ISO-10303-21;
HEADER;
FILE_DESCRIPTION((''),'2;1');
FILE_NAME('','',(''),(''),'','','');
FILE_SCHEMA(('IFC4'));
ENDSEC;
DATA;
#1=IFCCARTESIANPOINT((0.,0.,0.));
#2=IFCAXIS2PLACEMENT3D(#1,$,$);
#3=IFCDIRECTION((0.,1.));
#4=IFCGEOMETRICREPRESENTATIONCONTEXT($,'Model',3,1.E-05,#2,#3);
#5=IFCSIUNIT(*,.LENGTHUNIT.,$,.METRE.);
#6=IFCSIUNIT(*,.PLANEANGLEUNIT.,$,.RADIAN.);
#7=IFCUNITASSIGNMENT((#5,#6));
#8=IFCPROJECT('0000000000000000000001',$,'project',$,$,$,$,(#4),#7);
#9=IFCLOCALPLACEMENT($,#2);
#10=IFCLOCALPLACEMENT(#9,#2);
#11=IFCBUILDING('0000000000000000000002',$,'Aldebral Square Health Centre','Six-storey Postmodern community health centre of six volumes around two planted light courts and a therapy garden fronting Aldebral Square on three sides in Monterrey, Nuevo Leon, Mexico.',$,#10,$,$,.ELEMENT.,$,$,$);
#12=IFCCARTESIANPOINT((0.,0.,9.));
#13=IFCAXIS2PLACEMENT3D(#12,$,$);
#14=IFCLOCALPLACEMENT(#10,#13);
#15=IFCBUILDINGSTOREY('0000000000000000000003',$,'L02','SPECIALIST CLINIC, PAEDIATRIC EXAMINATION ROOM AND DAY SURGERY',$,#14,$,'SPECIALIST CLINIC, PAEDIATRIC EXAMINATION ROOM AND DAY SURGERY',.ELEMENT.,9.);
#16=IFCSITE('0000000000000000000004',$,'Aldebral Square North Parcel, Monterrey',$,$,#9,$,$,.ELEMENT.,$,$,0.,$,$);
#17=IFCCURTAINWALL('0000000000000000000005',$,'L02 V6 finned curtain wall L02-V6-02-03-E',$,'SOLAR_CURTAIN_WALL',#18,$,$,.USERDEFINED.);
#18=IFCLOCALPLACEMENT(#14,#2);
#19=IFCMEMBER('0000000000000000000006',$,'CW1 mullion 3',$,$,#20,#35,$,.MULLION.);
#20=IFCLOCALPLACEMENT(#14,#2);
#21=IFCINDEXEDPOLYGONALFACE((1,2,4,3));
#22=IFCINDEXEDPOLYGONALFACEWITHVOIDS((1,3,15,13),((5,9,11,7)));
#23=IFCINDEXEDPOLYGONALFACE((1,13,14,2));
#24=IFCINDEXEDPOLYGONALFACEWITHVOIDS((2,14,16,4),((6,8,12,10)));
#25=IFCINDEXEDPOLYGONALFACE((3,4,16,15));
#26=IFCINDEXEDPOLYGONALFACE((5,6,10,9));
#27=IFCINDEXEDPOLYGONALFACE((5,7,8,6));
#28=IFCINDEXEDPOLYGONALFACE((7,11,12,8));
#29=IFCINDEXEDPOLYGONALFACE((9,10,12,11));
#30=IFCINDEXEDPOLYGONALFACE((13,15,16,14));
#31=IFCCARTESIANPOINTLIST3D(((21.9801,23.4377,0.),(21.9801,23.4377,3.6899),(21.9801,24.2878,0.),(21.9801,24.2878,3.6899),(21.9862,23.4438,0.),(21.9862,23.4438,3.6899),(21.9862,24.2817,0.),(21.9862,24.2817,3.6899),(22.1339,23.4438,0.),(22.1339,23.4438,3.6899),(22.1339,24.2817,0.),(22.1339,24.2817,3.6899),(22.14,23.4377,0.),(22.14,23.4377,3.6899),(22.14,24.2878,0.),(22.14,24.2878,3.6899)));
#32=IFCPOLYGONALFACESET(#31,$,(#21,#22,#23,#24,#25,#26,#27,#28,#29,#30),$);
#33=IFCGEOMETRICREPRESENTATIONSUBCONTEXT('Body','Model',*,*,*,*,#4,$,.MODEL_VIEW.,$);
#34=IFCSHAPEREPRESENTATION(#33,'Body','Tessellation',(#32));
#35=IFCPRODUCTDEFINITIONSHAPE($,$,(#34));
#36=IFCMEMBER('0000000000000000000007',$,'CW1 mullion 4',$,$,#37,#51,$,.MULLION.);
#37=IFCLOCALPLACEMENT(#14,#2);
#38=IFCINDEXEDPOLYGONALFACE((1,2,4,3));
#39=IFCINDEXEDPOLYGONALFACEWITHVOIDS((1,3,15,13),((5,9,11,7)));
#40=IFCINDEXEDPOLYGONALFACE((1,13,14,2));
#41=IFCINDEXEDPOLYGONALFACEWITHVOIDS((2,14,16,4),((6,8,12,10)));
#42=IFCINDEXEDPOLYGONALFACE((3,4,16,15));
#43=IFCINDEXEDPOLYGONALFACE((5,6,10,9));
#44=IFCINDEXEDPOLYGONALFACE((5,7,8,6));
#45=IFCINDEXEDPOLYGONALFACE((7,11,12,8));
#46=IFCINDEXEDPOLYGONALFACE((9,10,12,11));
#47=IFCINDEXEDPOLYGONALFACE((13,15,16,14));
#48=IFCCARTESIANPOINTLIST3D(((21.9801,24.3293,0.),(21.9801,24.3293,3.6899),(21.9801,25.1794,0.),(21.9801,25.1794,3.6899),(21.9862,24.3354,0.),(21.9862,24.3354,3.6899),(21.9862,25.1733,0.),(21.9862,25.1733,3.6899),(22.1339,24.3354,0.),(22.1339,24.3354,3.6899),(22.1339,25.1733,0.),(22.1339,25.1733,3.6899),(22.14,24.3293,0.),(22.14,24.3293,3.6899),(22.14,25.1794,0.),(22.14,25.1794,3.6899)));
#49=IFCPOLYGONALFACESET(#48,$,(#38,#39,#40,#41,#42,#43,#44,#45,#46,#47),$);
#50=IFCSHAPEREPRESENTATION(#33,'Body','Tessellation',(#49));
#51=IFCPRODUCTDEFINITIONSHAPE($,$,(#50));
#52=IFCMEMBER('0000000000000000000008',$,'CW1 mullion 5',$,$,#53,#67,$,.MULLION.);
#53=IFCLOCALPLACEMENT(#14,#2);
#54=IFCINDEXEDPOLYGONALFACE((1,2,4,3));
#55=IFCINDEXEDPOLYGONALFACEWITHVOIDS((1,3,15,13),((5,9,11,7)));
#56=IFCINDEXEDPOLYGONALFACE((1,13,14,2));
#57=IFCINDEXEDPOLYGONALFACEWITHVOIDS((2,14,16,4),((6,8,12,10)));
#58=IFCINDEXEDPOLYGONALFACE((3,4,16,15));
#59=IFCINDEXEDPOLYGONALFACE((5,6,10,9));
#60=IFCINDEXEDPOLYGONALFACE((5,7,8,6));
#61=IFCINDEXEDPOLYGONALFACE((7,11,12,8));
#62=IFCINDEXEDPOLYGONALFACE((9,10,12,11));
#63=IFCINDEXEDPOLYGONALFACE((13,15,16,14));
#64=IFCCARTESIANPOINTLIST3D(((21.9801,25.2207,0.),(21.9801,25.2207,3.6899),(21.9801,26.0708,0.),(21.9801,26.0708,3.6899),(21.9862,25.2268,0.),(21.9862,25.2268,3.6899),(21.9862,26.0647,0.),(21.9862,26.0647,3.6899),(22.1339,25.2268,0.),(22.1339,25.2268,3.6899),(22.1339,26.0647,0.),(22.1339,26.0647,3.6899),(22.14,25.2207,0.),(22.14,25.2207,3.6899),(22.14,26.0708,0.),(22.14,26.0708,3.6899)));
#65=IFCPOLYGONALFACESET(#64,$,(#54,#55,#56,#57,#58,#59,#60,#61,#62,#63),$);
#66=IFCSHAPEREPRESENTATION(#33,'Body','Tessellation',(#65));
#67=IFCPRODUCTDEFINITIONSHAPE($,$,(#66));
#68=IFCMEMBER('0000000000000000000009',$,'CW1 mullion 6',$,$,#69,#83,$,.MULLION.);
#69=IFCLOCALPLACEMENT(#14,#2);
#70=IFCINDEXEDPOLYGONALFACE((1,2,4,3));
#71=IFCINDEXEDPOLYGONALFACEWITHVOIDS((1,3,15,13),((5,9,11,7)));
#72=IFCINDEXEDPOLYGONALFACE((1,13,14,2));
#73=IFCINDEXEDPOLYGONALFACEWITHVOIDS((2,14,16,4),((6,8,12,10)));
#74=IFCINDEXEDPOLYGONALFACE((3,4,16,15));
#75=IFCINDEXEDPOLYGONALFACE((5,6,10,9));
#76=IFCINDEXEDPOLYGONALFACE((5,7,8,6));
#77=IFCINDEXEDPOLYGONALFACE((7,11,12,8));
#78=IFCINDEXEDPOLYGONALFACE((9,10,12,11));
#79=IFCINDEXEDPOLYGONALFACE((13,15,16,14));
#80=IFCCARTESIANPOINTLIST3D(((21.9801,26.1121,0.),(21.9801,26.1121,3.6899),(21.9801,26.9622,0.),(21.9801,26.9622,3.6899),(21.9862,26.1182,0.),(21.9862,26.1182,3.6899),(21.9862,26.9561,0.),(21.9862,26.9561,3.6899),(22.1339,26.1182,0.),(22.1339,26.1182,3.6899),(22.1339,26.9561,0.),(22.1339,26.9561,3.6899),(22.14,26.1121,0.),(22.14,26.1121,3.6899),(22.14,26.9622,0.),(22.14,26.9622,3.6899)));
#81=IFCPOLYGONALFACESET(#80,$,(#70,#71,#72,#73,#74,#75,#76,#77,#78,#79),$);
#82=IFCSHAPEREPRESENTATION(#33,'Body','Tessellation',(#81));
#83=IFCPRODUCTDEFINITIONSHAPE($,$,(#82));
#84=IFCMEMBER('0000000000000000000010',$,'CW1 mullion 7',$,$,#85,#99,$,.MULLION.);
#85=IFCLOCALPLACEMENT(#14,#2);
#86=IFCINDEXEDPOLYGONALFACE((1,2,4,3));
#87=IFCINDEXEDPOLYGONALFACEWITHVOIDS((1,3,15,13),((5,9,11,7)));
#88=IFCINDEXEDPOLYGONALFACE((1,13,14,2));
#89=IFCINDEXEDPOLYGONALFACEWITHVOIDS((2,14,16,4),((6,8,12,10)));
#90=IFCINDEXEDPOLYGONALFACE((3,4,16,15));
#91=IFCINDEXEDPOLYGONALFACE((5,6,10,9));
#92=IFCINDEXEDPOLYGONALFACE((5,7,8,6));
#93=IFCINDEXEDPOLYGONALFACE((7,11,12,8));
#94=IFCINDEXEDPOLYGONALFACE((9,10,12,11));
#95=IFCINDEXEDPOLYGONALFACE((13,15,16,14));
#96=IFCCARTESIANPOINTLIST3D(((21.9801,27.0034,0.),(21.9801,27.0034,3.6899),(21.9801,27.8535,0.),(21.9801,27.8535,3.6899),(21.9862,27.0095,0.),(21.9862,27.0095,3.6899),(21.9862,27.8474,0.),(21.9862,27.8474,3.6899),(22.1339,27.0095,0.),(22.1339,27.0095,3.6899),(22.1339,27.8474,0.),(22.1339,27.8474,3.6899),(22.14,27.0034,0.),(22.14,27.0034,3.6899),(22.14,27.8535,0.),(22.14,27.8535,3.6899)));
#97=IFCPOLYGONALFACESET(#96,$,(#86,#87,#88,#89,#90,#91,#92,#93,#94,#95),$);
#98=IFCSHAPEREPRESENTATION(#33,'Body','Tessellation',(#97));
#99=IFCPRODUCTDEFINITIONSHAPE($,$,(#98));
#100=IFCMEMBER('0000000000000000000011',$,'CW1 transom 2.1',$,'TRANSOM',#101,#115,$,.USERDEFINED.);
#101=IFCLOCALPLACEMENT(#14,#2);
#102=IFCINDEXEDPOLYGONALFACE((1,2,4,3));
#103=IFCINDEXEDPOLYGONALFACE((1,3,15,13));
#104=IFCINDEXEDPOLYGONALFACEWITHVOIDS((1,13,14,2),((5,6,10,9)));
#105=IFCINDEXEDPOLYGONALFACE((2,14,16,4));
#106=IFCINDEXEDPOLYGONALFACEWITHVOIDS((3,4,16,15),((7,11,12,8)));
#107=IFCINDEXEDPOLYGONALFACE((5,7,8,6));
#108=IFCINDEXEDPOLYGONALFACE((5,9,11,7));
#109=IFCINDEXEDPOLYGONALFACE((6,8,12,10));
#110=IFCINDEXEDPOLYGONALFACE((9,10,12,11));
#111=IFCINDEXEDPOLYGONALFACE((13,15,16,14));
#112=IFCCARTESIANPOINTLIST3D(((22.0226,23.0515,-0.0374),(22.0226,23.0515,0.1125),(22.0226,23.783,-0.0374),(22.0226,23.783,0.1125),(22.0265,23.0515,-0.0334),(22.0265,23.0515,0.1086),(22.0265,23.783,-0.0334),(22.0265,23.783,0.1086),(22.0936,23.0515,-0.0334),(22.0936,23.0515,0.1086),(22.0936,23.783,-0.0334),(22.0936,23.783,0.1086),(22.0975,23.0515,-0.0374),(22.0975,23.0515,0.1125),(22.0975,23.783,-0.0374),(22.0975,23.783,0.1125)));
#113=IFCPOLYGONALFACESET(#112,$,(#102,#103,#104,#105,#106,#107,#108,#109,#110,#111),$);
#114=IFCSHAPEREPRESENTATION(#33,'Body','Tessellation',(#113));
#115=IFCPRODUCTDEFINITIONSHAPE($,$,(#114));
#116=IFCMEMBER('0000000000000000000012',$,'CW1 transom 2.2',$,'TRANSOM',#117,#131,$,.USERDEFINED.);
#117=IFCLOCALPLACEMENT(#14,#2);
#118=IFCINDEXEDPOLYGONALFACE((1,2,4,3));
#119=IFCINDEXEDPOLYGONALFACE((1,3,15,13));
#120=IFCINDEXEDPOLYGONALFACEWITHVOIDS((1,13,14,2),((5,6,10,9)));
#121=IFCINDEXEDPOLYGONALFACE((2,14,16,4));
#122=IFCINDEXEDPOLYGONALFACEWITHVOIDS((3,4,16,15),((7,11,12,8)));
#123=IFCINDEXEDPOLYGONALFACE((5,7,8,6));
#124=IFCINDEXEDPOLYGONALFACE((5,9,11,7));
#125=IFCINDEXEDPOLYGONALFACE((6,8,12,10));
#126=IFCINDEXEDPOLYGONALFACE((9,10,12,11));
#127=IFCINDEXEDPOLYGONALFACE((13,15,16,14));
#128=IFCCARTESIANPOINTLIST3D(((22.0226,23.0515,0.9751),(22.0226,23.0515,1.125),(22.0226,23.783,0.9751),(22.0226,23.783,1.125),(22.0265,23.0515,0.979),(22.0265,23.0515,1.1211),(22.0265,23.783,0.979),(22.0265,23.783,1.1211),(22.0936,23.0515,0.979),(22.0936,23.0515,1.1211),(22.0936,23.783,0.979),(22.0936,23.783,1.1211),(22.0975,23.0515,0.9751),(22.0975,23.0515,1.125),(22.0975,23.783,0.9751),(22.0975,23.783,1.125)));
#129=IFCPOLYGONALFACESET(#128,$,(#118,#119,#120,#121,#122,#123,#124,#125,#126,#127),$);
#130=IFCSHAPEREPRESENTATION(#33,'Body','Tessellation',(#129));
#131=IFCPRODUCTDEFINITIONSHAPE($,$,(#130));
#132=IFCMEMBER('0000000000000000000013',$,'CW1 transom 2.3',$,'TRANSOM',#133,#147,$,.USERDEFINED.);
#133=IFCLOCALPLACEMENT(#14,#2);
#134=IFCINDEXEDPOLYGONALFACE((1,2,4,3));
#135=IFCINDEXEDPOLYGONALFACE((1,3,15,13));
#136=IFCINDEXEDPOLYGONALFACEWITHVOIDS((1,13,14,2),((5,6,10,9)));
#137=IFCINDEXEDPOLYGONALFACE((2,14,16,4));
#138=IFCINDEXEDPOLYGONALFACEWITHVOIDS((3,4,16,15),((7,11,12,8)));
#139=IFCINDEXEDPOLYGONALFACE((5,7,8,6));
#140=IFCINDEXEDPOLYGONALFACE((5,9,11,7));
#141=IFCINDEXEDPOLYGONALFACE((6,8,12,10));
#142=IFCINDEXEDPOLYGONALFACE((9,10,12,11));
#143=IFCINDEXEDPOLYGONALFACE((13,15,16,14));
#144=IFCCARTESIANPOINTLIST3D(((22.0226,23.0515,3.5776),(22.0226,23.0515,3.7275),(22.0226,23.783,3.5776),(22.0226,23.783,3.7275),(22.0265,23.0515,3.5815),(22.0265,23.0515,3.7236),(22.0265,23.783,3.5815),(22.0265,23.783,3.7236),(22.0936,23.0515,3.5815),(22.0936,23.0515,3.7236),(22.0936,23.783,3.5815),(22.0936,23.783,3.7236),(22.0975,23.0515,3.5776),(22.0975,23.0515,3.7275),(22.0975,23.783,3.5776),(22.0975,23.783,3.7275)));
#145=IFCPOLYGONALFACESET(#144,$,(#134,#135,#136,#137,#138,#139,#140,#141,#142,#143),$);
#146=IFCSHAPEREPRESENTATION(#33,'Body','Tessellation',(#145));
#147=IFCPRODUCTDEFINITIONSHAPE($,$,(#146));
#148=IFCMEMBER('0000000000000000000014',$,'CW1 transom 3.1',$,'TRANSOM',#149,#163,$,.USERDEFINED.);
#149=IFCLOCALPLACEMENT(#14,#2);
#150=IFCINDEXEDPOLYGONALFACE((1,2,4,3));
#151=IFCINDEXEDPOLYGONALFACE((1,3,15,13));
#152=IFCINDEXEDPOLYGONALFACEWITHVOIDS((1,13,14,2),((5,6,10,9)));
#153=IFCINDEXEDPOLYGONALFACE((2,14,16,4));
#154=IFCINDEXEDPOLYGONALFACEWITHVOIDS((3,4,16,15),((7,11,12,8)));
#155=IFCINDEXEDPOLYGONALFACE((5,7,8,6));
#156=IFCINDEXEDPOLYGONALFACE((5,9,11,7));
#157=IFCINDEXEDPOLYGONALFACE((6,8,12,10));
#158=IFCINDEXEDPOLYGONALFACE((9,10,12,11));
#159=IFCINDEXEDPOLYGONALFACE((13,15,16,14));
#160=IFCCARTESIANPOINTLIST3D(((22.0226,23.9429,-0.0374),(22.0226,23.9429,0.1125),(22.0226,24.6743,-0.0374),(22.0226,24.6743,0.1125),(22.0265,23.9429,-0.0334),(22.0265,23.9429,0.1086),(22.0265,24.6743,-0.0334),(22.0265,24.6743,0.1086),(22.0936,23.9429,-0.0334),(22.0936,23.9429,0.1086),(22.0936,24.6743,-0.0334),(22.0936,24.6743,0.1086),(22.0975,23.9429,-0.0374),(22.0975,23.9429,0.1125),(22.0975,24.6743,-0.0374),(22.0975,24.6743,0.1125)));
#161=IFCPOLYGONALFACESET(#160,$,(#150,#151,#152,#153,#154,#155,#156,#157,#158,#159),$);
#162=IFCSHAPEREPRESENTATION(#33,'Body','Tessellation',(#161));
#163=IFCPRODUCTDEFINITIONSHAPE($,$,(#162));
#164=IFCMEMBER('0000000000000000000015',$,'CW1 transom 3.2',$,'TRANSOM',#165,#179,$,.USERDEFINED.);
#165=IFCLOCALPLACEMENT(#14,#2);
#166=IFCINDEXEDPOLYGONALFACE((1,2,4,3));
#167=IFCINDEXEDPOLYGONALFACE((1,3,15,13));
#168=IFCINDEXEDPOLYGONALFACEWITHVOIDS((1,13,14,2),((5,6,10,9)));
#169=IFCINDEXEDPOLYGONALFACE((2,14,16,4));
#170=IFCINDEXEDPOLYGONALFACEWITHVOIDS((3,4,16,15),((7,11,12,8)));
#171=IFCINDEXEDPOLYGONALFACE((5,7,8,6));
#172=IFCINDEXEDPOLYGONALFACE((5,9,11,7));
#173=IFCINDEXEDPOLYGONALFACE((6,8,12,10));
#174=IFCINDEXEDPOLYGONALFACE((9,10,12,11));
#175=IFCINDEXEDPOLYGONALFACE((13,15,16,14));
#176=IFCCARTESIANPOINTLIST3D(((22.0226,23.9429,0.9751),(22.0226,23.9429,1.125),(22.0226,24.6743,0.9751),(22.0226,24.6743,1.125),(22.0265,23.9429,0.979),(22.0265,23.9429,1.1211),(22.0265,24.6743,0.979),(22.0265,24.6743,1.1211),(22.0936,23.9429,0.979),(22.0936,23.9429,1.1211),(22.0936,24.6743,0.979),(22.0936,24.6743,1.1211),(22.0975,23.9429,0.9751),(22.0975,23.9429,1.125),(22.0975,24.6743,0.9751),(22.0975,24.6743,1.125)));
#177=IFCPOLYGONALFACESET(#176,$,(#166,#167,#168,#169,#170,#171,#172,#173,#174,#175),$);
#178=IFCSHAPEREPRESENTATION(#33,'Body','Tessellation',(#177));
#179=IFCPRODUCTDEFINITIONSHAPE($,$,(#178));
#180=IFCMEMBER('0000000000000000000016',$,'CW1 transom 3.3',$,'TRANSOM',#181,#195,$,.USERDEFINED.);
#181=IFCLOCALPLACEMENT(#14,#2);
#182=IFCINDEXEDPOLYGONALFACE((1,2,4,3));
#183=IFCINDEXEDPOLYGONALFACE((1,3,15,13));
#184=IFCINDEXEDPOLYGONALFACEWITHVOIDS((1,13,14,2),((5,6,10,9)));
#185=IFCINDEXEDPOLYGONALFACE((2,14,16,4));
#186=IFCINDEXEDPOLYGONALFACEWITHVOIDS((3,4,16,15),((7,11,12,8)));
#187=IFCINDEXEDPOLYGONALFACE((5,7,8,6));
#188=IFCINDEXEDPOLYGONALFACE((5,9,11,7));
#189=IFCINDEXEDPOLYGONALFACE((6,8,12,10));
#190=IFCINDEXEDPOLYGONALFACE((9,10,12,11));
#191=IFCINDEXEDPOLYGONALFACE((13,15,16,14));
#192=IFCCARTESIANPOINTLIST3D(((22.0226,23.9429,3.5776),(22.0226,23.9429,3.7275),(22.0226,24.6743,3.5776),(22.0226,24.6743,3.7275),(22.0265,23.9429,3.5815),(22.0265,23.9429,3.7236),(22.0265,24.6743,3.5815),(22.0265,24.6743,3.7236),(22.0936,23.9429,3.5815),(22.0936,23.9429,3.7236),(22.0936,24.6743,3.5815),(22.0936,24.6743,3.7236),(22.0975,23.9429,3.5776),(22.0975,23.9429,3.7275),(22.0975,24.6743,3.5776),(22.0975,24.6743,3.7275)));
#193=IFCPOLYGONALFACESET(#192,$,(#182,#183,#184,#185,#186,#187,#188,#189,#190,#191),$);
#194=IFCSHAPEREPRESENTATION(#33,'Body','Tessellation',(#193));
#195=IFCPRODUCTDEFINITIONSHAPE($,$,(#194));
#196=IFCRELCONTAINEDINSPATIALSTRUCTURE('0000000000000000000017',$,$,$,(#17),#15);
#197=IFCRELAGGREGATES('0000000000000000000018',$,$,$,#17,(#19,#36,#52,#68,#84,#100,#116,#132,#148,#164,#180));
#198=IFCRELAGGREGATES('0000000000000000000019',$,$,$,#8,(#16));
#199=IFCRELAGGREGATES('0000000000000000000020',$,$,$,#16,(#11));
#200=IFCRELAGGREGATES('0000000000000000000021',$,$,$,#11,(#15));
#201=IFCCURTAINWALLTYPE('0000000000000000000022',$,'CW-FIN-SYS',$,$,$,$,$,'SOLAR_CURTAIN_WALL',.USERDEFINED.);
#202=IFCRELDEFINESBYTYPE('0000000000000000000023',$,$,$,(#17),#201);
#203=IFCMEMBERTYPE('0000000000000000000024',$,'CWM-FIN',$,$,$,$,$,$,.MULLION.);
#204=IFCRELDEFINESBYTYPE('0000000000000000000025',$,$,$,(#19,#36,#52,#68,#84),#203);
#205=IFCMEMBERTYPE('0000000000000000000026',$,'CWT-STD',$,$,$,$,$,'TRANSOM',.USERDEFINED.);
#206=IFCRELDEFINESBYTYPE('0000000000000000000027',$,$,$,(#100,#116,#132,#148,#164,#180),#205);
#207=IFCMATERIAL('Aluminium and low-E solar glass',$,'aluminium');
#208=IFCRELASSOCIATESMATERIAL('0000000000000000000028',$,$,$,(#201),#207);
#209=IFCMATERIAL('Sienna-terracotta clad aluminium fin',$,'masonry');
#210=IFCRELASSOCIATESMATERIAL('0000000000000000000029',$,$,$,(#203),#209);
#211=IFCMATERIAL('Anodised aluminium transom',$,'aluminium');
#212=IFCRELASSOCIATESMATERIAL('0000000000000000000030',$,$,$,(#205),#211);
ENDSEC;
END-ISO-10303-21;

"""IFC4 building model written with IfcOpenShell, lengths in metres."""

from ifc_helpers import new_model, si_unit, direction, frame, origin, origin_2d, place, context, subcontext, project, spatial, hollow_rectangle, extrude, material, material_profile, profile_set, type_object, element, aggregate, save


model = new_model("IFC4")

# Units and contexts
model_context = context("Model", 3, precision=1e-05, world=origin(), true_north=direction((0.0, 1.0)))
body_context = subcontext(model_context, "Body", "Model", "MODEL_VIEW")
ifc_project = project(units=[si_unit("LENGTHUNIT", "METRE"), si_unit("PLANEANGLEUNIT", "RADIAN")], contexts=[model_context])

# Site, building, storey
site_placement = place(None, origin())
site = spatial("IfcSite", under=ifc_project, at=site_placement, Name="Aldebral Square North Parcel, Monterrey", CompositionType="ELEMENT", RefElevation=0.0)
building_placement = place(site_placement, origin())
building = spatial("IfcBuilding", under=site, at=building_placement, Name="Aldebral Square Health Centre", Description="Six-storey Postmodern community health centre of six volumes around two planted light courts and a therapy garden fronting Aldebral Square on three sides in Monterrey, Nuevo Leon, Mexico.", CompositionType="ELEMENT")
storey_placement = place(building_placement, frame((0.0, 0.0, 9.0)))
storey = spatial("IfcBuildingStorey", under=building, at=storey_placement, Name="L02", Description="SPECIALIST CLINIC, PAEDIATRIC EXAMINATION ROOM AND DAY SURGERY", LongName="SPECIALIST CLINIC, PAEDIATRIC EXAMINATION ROOM AND DAY SURGERY", CompositionType="ELEMENT", Elevation=9.0)

# Curtain wall, members
ifc_material_1 = material(Name="Aluminium and low-E solar glass", Category="aluminium")
curtain_wall_type = type_object("IfcCurtainWallType", Name="CW-FIN-SYS", ElementType="SOLAR_CURTAIN_WALL", PredefinedType="USERDEFINED", material=ifc_material_1)
curtain_wall_placement = place(storey_placement, origin())
curtain_wall = element("IfcCurtainWall", 1, at=curtain_wall_placement, inside=storey, type_object=curtain_wall_type, Name="L02 V6 finned curtain wall L02-V6-02-03-E", ObjectType="SOLAR_CURTAIN_WALL", PredefinedType="USERDEFINED")
ifc_material_2 = material(Name="Sienna-terracotta clad aluminium fin", Category="masonry")
ifc_material_profile_1 = material_profile(ifc_material_2, hollow_rectangle(XDim=0.1599, YDim=0.8501, WallThickness=0.0061, at=origin_2d()), Name="FIN 160x850x6")
ifc_profile_set_1 = profile_set([ifc_material_profile_1], Name="Sienna-terracotta clad aluminium fin")
member_type_1 = type_object("IfcMemberType", Name="CWM-FIN", PredefinedType="MULLION", material=ifc_profile_set_1)
member_1_placement = place(storey_placement, frame((22.0601, 23.8628, 0.0), z_axis=(0.0, 0.0, 1.0), x_axis=(-1.0, 0.0, 0.0)))
member_1 = element("IfcMember", 2, at=member_1_placement, type_object=member_type_1, Name="CW1 mullion 3", PredefinedType="MULLION", context=body_context, shape_type="SweptSolid", body=[
    extrude(hollow_rectangle(XDim=0.1599, YDim=0.8501, WallThickness=0.0061, at=origin_2d()), origin(), (0.0, 0.0, 1.0), 3.6899),
])
member_2_placement = place(storey_placement, frame((22.0601, 24.7544, 0.0), z_axis=(0.0, 0.0, 1.0), x_axis=(-1.0, 0.0, 0.0)))
member_2 = element("IfcMember", 3, at=member_2_placement, type_object=member_type_1, Name="CW1 mullion 4", PredefinedType="MULLION", context=body_context, shape_type="SweptSolid", body=[
    extrude(hollow_rectangle(XDim=0.1599, YDim=0.8501, WallThickness=0.0061, at=origin_2d()), origin(), (0.0, 0.0, 1.0), 3.6899),
])
member_3_placement = place(storey_placement, frame((22.0601, 25.6458, 0.0), z_axis=(0.0, 0.0, 1.0), x_axis=(-1.0, 0.0, 0.0)))
member_3 = element("IfcMember", 4, at=member_3_placement, type_object=member_type_1, Name="CW1 mullion 5", PredefinedType="MULLION", context=body_context, shape_type="SweptSolid", body=[
    extrude(hollow_rectangle(XDim=0.1599, YDim=0.8501, WallThickness=0.0061, at=origin_2d()), origin(), (0.0, 0.0, 1.0), 3.6899),
])
member_4_placement = place(storey_placement, frame((22.0601, 26.5371, 0.0), z_axis=(0.0, 0.0, 1.0), x_axis=(-1.0, 0.0, 0.0)))
member_4 = element("IfcMember", 5, at=member_4_placement, type_object=member_type_1, Name="CW1 mullion 6", PredefinedType="MULLION", context=body_context, shape_type="SweptSolid", body=[
    extrude(hollow_rectangle(XDim=0.1599, YDim=0.8501, WallThickness=0.0061, at=origin_2d()), origin(), (0.0, 0.0, 1.0), 3.6899),
])
member_5_placement = place(storey_placement, frame((22.0601, 27.4285, 0.0), z_axis=(0.0, 0.0, 1.0), x_axis=(-1.0, 0.0, 0.0)))
member_5 = element("IfcMember", 6, at=member_5_placement, type_object=member_type_1, Name="CW1 mullion 7", PredefinedType="MULLION", context=body_context, shape_type="SweptSolid", body=[
    extrude(hollow_rectangle(XDim=0.1599, YDim=0.8501, WallThickness=0.0061, at=origin_2d()), origin(), (0.0, 0.0, 1.0), 3.6899),
])
ifc_material_3 = material(Name="Anodised aluminium transom", Category="aluminium")
ifc_material_profile_2 = material_profile(ifc_material_3, hollow_rectangle(XDim=0.075, YDim=0.1499, WallThickness=0.0039, at=origin_2d()), Name="CWT 75x150x4")
ifc_profile_set_2 = profile_set([ifc_material_profile_2], Name="Anodised aluminium transom")
member_type_2 = type_object("IfcMemberType", Name="CWT-STD", ElementType="TRANSOM", PredefinedType="USERDEFINED", material=ifc_profile_set_2)
member_6_placement = place(storey_placement, frame((22.0601, 23.0515, 0.0376), z_axis=(0.0, 1.0, 0.0), x_axis=(-1.0, 0.0, 0.0)))
member_6 = element("IfcMember", 7, at=member_6_placement, type_object=member_type_2, Name="CW1 transom 2.1", ObjectType="TRANSOM", PredefinedType="USERDEFINED", context=body_context, shape_type="SweptSolid", body=[
    extrude(hollow_rectangle(XDim=0.075, YDim=0.1499, WallThickness=0.0039, at=origin_2d()), origin(), (0.0, 0.0, 1.0), 0.7314),
])
member_7_placement = place(storey_placement, frame((22.0601, 23.0515, 1.05), z_axis=(0.0, 1.0, 0.0), x_axis=(-1.0, 0.0, 0.0)))
member_7 = element("IfcMember", 8, at=member_7_placement, type_object=member_type_2, Name="CW1 transom 2.2", ObjectType="TRANSOM", PredefinedType="USERDEFINED", context=body_context, shape_type="SweptSolid", body=[
    extrude(hollow_rectangle(XDim=0.075, YDim=0.1499, WallThickness=0.0039, at=origin_2d()), origin(), (0.0, 0.0, 1.0), 0.7314),
])
member_8_placement = place(storey_placement, frame((22.0601, 23.0515, 3.6526), z_axis=(0.0, 1.0, 0.0), x_axis=(-1.0, 0.0, 0.0)))
member_8 = element("IfcMember", 9, at=member_8_placement, type_object=member_type_2, Name="CW1 transom 2.3", ObjectType="TRANSOM", PredefinedType="USERDEFINED", context=body_context, shape_type="SweptSolid", body=[
    extrude(hollow_rectangle(XDim=0.075, YDim=0.1499, WallThickness=0.0039, at=origin_2d()), origin(), (0.0, 0.0, 1.0), 0.7314),
])
member_9_placement = place(storey_placement, frame((22.0601, 23.9429, 0.0376), z_axis=(0.0, 1.0, 0.0), x_axis=(-1.0, 0.0, 0.0)))
member_9 = element("IfcMember", 10, at=member_9_placement, type_object=member_type_2, Name="CW1 transom 3.1", ObjectType="TRANSOM", PredefinedType="USERDEFINED", context=body_context, shape_type="SweptSolid", body=[
    extrude(hollow_rectangle(XDim=0.075, YDim=0.1499, WallThickness=0.0039, at=origin_2d()), origin(), (0.0, 0.0, 1.0), 0.7314),
])
member_10_placement = place(storey_placement, frame((22.0601, 23.9429, 1.05), z_axis=(0.0, 1.0, 0.0), x_axis=(-1.0, 0.0, 0.0)))
member_10 = element("IfcMember", 11, at=member_10_placement, type_object=member_type_2, Name="CW1 transom 3.2", ObjectType="TRANSOM", PredefinedType="USERDEFINED", context=body_context, shape_type="SweptSolid", body=[
    extrude(hollow_rectangle(XDim=0.075, YDim=0.1499, WallThickness=0.0039, at=origin_2d()), origin(), (0.0, 0.0, 1.0), 0.7314),
])
member_11_placement = place(storey_placement, frame((22.0601, 23.9429, 3.6526), z_axis=(0.0, 1.0, 0.0), x_axis=(-1.0, 0.0, 0.0)))
member_11 = element("IfcMember", 12, at=member_11_placement, type_object=member_type_2, Name="CW1 transom 3.3", ObjectType="TRANSOM", PredefinedType="USERDEFINED", context=body_context, shape_type="SweptSolid", body=[
    extrude(hollow_rectangle(XDim=0.075, YDim=0.1499, WallThickness=0.0039, at=origin_2d()), origin(), (0.0, 0.0, 1.0), 0.7314),
])
aggregate(curtain_wall, [member_1, member_2, member_3, member_4, member_5, member_6, member_7, member_8, member_9, member_10, member_11])

save(model, "model.ifc")
